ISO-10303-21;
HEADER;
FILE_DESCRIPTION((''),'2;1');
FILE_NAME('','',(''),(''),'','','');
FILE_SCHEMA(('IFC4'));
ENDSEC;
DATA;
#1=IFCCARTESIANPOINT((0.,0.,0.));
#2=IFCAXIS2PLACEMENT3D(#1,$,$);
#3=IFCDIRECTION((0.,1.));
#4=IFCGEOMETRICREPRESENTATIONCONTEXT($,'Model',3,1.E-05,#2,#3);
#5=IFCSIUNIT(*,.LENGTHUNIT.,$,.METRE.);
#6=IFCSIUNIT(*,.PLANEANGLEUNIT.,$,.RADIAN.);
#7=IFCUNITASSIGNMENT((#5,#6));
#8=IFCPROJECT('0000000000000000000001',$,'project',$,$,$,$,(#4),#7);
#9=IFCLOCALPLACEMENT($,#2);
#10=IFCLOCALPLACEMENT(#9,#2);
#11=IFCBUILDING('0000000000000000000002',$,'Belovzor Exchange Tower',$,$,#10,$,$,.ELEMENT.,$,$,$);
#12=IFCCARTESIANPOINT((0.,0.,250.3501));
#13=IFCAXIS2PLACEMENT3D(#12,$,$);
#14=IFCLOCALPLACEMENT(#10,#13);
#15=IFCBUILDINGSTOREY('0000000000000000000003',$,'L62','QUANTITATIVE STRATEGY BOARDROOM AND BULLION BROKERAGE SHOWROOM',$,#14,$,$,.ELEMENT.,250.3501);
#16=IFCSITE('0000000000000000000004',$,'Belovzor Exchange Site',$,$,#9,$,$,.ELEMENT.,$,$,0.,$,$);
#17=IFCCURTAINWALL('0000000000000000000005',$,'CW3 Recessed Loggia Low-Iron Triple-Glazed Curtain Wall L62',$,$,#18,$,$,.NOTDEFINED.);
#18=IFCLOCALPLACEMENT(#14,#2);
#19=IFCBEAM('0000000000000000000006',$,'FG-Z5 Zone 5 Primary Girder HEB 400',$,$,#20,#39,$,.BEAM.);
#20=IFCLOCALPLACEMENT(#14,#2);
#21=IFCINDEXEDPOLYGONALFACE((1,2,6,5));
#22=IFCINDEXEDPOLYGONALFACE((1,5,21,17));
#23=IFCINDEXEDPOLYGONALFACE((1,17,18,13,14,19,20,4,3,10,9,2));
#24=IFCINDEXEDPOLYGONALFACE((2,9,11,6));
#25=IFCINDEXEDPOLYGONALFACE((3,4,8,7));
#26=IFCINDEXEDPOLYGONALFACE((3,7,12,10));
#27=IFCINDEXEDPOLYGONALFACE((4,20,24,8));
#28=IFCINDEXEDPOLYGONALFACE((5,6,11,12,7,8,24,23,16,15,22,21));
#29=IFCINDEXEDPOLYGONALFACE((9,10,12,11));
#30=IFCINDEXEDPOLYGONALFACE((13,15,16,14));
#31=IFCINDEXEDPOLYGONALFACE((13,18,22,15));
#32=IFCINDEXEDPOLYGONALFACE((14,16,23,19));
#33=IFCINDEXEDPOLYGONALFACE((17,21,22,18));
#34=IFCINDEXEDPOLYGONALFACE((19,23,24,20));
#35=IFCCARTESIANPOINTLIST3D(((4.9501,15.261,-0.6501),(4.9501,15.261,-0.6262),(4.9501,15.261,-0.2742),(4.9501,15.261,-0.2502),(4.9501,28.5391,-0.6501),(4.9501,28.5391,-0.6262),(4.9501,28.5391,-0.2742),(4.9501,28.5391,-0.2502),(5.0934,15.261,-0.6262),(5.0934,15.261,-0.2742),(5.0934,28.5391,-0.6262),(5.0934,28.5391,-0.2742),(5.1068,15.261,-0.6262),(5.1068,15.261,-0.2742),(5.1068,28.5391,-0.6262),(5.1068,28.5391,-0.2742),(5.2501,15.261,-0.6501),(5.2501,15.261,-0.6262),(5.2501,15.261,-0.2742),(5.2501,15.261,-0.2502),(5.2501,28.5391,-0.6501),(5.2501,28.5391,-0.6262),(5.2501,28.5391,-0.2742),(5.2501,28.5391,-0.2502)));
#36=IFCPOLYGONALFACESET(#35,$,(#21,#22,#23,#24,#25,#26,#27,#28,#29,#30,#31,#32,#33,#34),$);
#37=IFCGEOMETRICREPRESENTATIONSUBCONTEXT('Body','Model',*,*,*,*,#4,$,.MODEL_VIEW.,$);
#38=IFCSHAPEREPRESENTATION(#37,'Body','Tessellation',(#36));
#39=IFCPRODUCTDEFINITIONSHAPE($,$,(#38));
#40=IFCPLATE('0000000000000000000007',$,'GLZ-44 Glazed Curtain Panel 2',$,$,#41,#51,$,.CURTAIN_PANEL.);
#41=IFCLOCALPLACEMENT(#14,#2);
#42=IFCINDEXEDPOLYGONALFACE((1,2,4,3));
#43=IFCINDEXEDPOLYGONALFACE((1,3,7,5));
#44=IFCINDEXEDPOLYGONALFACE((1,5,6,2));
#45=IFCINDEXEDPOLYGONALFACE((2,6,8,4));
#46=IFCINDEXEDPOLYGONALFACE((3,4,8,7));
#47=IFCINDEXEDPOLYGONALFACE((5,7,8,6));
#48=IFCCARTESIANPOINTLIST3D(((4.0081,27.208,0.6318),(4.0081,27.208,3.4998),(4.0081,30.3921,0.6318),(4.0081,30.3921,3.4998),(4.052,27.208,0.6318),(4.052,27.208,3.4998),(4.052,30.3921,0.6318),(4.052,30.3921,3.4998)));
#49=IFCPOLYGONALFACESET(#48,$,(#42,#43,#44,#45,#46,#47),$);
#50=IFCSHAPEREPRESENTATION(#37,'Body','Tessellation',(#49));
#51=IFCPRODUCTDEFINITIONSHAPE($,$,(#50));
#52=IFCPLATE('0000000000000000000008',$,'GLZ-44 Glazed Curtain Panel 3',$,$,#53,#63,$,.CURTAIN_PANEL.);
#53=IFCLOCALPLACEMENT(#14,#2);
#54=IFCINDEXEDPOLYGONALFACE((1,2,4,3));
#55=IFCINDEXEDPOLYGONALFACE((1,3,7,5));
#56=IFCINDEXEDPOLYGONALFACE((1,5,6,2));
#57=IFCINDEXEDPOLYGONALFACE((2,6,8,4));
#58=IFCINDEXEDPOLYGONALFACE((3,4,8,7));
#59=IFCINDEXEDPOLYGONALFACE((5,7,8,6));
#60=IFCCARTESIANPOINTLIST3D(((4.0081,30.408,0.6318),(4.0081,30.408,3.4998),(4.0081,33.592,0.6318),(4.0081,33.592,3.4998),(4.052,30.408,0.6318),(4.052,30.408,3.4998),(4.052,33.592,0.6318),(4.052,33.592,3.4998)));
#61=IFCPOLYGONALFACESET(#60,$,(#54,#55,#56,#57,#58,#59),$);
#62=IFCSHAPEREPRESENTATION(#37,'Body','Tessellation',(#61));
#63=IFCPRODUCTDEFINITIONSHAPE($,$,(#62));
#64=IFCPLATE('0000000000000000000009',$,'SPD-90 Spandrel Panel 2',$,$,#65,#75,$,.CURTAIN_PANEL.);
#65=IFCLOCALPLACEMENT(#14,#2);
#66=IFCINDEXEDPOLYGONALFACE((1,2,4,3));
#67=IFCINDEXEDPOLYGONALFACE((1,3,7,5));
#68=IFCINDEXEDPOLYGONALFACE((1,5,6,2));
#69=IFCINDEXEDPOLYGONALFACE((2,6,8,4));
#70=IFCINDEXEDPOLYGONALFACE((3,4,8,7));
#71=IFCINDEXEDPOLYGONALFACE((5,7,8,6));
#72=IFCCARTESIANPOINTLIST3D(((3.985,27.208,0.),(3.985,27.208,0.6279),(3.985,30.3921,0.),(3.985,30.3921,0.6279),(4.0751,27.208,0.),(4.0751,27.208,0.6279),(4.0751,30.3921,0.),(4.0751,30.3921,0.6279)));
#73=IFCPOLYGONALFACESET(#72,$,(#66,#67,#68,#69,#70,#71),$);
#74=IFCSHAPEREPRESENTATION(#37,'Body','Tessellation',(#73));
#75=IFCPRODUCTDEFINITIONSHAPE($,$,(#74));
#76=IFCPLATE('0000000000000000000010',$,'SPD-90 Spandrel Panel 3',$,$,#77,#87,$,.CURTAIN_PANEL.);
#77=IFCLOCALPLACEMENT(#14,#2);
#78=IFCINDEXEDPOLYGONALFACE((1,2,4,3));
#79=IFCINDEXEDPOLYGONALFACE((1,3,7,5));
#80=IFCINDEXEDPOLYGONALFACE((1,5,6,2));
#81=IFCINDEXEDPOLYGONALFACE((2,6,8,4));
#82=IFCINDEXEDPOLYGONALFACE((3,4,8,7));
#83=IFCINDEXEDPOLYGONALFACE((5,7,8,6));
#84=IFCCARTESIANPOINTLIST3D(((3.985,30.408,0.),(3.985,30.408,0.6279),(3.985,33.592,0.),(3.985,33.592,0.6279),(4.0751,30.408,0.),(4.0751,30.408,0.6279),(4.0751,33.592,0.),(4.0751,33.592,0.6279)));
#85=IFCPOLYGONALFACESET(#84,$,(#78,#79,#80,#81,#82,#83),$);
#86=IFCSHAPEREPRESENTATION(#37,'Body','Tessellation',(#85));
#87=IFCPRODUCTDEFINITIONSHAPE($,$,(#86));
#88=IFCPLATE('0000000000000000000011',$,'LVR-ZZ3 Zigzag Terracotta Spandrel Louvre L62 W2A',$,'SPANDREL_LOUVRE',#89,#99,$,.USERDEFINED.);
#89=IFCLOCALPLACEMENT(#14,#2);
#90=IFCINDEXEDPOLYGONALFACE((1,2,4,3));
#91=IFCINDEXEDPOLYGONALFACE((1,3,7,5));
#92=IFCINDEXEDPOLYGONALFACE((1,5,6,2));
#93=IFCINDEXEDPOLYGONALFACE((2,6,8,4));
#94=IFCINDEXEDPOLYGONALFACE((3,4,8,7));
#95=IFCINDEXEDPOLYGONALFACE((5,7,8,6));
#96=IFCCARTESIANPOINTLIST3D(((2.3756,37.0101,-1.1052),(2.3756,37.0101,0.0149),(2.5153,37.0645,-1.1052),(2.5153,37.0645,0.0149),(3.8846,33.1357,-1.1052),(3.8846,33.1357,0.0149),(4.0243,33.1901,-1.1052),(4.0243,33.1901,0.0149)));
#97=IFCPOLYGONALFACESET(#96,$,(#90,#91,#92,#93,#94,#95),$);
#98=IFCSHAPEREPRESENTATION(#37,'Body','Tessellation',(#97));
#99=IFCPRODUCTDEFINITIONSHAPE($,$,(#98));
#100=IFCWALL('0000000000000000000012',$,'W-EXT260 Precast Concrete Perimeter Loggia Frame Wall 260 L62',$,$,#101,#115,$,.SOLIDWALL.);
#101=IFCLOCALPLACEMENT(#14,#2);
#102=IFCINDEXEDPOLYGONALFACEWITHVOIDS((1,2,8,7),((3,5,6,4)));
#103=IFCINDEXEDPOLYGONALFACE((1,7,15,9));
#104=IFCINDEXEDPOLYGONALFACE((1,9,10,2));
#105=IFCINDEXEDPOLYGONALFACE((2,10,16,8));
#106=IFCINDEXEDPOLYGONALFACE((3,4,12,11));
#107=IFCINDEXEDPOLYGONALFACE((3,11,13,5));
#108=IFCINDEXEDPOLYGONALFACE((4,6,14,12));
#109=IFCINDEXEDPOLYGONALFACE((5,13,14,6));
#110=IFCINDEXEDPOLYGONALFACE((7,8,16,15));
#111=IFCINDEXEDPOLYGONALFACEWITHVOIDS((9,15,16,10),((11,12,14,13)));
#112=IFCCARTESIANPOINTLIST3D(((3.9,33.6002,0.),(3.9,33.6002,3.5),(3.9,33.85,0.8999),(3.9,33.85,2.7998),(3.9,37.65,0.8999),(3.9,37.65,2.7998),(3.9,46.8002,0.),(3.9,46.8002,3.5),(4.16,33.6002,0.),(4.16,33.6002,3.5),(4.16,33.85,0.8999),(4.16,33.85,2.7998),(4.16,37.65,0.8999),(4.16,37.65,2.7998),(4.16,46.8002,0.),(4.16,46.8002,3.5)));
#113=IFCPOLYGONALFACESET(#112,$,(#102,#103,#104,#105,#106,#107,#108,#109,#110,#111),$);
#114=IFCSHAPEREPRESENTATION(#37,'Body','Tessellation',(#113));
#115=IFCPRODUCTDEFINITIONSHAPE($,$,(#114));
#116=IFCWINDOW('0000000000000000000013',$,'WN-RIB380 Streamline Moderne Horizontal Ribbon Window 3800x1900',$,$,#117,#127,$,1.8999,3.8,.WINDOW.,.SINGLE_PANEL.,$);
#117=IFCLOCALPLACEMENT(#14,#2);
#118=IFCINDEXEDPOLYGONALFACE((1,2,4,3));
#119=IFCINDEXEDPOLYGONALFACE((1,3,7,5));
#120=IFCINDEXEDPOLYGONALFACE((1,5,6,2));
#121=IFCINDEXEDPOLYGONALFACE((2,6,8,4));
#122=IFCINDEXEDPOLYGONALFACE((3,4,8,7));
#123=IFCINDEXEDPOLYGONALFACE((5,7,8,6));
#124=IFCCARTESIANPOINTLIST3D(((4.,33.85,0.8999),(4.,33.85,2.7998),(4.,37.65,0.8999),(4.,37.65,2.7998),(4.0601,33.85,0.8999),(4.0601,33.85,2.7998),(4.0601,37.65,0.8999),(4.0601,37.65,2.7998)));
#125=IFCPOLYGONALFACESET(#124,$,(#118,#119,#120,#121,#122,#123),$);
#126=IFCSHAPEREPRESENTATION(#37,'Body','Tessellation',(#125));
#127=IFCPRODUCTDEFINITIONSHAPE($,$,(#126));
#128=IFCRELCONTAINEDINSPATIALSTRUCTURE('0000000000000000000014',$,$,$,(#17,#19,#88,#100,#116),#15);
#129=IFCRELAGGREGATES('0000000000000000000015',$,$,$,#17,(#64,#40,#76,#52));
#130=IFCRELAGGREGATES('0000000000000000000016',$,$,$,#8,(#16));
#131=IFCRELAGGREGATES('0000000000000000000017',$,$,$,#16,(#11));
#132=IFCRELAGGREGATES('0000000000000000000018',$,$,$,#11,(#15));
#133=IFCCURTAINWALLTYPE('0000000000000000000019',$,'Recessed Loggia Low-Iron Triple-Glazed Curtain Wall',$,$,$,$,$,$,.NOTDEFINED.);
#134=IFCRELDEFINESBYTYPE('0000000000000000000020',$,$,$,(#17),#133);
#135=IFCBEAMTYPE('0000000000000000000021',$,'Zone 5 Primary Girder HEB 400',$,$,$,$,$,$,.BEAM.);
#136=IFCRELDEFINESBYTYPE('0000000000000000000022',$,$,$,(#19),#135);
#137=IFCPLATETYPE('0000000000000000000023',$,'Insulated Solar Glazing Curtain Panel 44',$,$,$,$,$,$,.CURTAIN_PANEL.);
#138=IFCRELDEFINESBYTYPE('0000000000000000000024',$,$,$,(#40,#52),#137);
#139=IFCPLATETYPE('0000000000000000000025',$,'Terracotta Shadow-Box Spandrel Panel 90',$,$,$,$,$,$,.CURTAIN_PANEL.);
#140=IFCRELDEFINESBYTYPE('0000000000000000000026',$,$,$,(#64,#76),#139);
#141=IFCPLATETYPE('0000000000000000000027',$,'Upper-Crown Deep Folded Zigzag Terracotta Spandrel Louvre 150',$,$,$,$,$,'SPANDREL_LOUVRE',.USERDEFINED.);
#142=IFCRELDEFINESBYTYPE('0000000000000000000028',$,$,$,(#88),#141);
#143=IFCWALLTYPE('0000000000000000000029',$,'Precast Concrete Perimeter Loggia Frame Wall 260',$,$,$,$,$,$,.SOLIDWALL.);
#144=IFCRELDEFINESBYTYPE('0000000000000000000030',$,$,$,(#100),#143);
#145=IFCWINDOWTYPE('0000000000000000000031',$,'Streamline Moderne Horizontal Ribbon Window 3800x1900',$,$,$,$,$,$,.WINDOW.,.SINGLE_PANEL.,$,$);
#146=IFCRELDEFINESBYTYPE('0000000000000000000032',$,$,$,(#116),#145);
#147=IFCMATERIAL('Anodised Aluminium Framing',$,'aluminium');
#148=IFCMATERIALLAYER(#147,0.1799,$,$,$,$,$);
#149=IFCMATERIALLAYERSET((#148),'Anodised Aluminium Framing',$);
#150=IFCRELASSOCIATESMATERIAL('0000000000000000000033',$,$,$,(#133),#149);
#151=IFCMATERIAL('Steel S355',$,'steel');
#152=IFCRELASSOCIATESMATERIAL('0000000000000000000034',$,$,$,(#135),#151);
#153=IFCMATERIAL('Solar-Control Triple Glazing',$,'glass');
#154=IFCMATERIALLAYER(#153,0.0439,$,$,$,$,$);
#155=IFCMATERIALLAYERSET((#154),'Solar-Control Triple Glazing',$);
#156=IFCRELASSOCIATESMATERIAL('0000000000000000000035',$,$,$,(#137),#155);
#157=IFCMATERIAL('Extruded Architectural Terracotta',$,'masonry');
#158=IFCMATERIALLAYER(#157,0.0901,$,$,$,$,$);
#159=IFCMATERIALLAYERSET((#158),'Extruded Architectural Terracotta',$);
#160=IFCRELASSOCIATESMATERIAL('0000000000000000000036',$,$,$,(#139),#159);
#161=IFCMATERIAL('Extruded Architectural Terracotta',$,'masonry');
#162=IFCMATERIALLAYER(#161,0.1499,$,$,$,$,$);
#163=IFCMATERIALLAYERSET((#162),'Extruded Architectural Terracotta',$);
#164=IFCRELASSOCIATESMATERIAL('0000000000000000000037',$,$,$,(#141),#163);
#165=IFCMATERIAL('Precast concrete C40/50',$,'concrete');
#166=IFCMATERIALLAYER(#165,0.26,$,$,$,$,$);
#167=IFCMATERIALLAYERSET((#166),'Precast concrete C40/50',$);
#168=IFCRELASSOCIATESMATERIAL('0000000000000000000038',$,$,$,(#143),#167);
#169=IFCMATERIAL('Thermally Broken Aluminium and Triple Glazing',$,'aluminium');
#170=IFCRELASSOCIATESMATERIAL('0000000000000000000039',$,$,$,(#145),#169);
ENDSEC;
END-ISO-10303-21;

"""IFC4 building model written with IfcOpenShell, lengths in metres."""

from ifc_helpers import new_model, si_unit, direction, frame, frame_2d, origin, origin_2d, place, context, subcontext, project, spatial, rectangle, i_section, extrude, material, layer, layer_set, material_profile, profile_set, type_object, element, fill, aggregate, save


model = new_model("IFC4")

# Units and contexts
model_context = context("Model", 3, precision=1e-05, world=origin(), true_north=direction((0.0, 1.0)))
body_context = subcontext(model_context, "Body", "Model", "MODEL_VIEW")
ifc_project = project(units=[si_unit("LENGTHUNIT", "METRE"), si_unit("PLANEANGLEUNIT", "RADIAN")], contexts=[model_context])

# Site, building, storey
site_placement = place(None, origin())
site = spatial("IfcSite", under=ifc_project, at=site_placement, Name="Belovzor Exchange Site", CompositionType="ELEMENT", RefElevation=0.0)
building_placement = place(site_placement, origin())
building = spatial("IfcBuilding", under=site, at=building_placement, Name="Belovzor Exchange Tower", CompositionType="ELEMENT")
storey_placement = place(building_placement, frame((0.0, 0.0, 250.3501)))
storey = spatial("IfcBuildingStorey", under=building, at=storey_placement, Name="L62", Description="QUANTITATIVE STRATEGY BOARDROOM AND BULLION BROKERAGE SHOWROOM", CompositionType="ELEMENT", Elevation=250.3501)

# Curtain wall
ifc_material_1 = material(Name="Anodised Aluminium Framing", Category="aluminium")
ifc_layer_1 = layer(ifc_material_1, 0.1799)
ifc_layer_set_1 = layer_set([ifc_layer_1], Name="Anodised Aluminium Framing")
curtain_wall_type = type_object("IfcCurtainWallType", Name="Recessed Loggia Low-Iron Triple-Glazed Curtain Wall", PredefinedType="NOTDEFINED", material=ifc_layer_set_1)
curtain_wall_placement = place(storey_placement, origin())
curtain_wall = element("IfcCurtainWall", 1, at=curtain_wall_placement, inside=storey, type_object=curtain_wall_type, Name="CW3 Recessed Loggia Low-Iron Triple-Glazed Curtain Wall L62", PredefinedType="NOTDEFINED")

# Beam
ifc_material_2 = material(Name="Steel S355", Category="steel")
ifc_material_profile_1 = material_profile(ifc_material_2, i_section(OverallWidth=0.3, OverallDepth=0.3999, WebThickness=0.0134, FlangeThickness=0.0239, at=origin_2d()))
ifc_profile_set_1 = profile_set([ifc_material_profile_1], Name="Steel S355")
beam_type_1 = type_object("IfcBeamType", Name="Zone 5 Primary Girder HEB 400", PredefinedType="BEAM", material=ifc_profile_set_1)
beam_1_placement = place(storey_placement, frame((5.1001, 28.5391, -0.4502), z_axis=(0.0, -1.0, 0.0), x_axis=(1.0, 0.0, 0.0)))
element("IfcBeam", 2, at=beam_1_placement, inside=storey, type_object=beam_type_1, Name="FG-Z5 Zone 5 Primary Girder HEB 400", PredefinedType="BEAM", context=body_context, shape_type="SweptSolid", body=[
    extrude(i_section(OverallWidth=0.3, OverallDepth=0.3999, WebThickness=0.0134, FlangeThickness=0.0239, at=origin_2d()), origin(), (0.0, 0.0, 1.0), 13.2781),
])

# Plates
ifc_material_3 = material(Name="Solar-Control Triple Glazing", Category="glass")
ifc_layer_2 = layer(ifc_material_3, 0.0439)
ifc_layer_set_2 = layer_set([ifc_layer_2], Name="Solar-Control Triple Glazing")
plate_type_1 = type_object("IfcPlateType", Name="Insulated Solar Glazing Curtain Panel 44", PredefinedType="CURTAIN_PANEL", material=ifc_layer_set_2)
plate_1_placement = place(storey_placement, frame((4.03, 28.8, 0.6318), z_axis=(0.0, 0.0, 1.0), x_axis=(0.0, 1.0, 0.0)))
plate_1 = element("IfcPlate", 3, at=plate_1_placement, type_object=plate_type_1, Name="GLZ-44 Glazed Curtain Panel 2", PredefinedType="CURTAIN_PANEL", context=body_context, shape_type="SweptSolid", body=[
    extrude(rectangle(XDim=3.1841, YDim=0.0439, at=origin_2d()), origin(), (0.0, 0.0, 1.0), 2.8679),
])
plate_2_placement = place(storey_placement, frame((4.03, 32.0, 0.6318), z_axis=(0.0, 0.0, 1.0), x_axis=(0.0, 1.0, 0.0)))
plate_2 = element("IfcPlate", 4, at=plate_2_placement, type_object=plate_type_1, Name="GLZ-44 Glazed Curtain Panel 3", PredefinedType="CURTAIN_PANEL", context=body_context, shape_type="SweptSolid", body=[
    extrude(rectangle(XDim=3.1841, YDim=0.0439, at=origin_2d()), origin(), (0.0, 0.0, 1.0), 2.8679),
])
ifc_material_4 = material(Name="Extruded Architectural Terracotta", Category="masonry")
ifc_layer_3 = layer(ifc_material_4, 0.0901)
ifc_layer_set_3 = layer_set([ifc_layer_3], Name="Extruded Architectural Terracotta")
plate_type_2 = type_object("IfcPlateType", Name="Terracotta Shadow-Box Spandrel Panel 90", PredefinedType="CURTAIN_PANEL", material=ifc_layer_set_3)
plate_3_placement = place(storey_placement, frame((4.03, 28.8, 0.0), z_axis=(0.0, 0.0, 1.0), x_axis=(0.0, 1.0, 0.0)))
plate_3 = element("IfcPlate", 5, at=plate_3_placement, type_object=plate_type_2, Name="SPD-90 Spandrel Panel 2", PredefinedType="CURTAIN_PANEL", context=body_context, shape_type="SweptSolid", body=[
    extrude(rectangle(XDim=3.1841, YDim=0.0901, at=origin_2d()), origin(), (0.0, 0.0, 1.0), 0.6279),
])
plate_4_placement = place(storey_placement, frame((4.03, 32.0, 0.0), z_axis=(0.0, 0.0, 1.0), x_axis=(0.0, 1.0, 0.0)))
plate_4 = element("IfcPlate", 6, at=plate_4_placement, type_object=plate_type_2, Name="SPD-90 Spandrel Panel 3", PredefinedType="CURTAIN_PANEL", context=body_context, shape_type="SweptSolid", body=[
    extrude(rectangle(XDim=3.1841, YDim=0.0901, at=origin_2d()), origin(), (0.0, 0.0, 1.0), 0.6279),
])
aggregate(curtain_wall, [plate_3, plate_1, plate_4, plate_2])
ifc_material_5 = material(Name="Extruded Architectural Terracotta", Category="masonry")
ifc_layer_4 = layer(ifc_material_5, 0.1499)
ifc_layer_set_4 = layer_set([ifc_layer_4], Name="Extruded Architectural Terracotta")
plate_type_3 = type_object("IfcPlateType", Name="Upper-Crown Deep Folded Zigzag Terracotta Spandrel Louvre 150", ElementType="SPANDREL_LOUVRE", PredefinedType="USERDEFINED", material=ifc_layer_set_4)
plate_5_placement = place(storey_placement, frame((3.2, 35.1001, -1.1052), z_axis=(0.0, 0.0, 1.0), x_axis=(-0.362926, 0.931818, 0.0)))
element("IfcPlate", 7, at=plate_5_placement, inside=storey, type_object=plate_type_3, Name="LVR-ZZ3 Zigzag Terracotta Spandrel Louvre L62 W2A", ObjectType="SPANDREL_LOUVRE", PredefinedType="USERDEFINED", context=body_context, shape_type="SweptSolid", body=[
    extrude(rectangle(XDim=4.158, YDim=0.1499, at=origin_2d()), origin(), (0.0, 0.0, 1.0), 1.1201),
])

# Wall, opening, window
ifc_material_6 = material(Name="Precast concrete C40/50", Category="concrete")
ifc_layer_5 = layer(ifc_material_6, 0.26)
ifc_layer_set_5 = layer_set([ifc_layer_5], Name="Precast concrete C40/50")
wall_type = type_object("IfcWallType", Name="Precast Concrete Perimeter Loggia Frame Wall 260", PredefinedType="SOLIDWALL", material=ifc_layer_set_5)
wall_placement = place(storey_placement, frame((4.03, 33.6001, 0.0), z_axis=(0.0, 0.0, 1.0), x_axis=(0.0, 1.0, 0.0)))
wall = element("IfcWall", 8, at=wall_placement, inside=storey, type_object=wall_type, Name="W-EXT260 Precast Concrete Perimeter Loggia Frame Wall 260 L62", PredefinedType="SOLIDWALL", context=body_context, shape_type="SweptSolid", body=[
    extrude(rectangle(XDim=13.2, YDim=0.26, at=frame_2d((6.6001, 0.0))), origin(), (0.0, 0.0, 1.0), 3.5),
])
opening_placement = place(wall_placement, frame((0.25, 0.0, 0.8999)))
opening = element("IfcOpeningElement", 9, at=opening_placement, cuts=wall, PredefinedType="OPENING", context=body_context, shape_type="SweptSolid", body=[
    extrude(rectangle(XDim=3.8, YDim=1.8999, at=frame_2d((1.8999, 0.95))), frame((0.0, 0.1399, 0.0), z_axis=(0.0, -1.0, 0.0), x_axis=(1.0, 0.0, 0.0)), (0.0, 0.0, 1.0), 0.28),
])
ifc_material_7 = material(Name="Thermally Broken Aluminium and Triple Glazing", Category="aluminium")
window_type = type_object("IfcWindowType", Name="Streamline Moderne Horizontal Ribbon Window 3800x1900", PartitioningType="SINGLE_PANEL", PredefinedType="WINDOW", material=ifc_material_7)
window_placement = place(opening_placement, origin())
window = element("IfcWindow", 10, at=window_placement, inside=storey, type_object=window_type, Name="WN-RIB380 Streamline Moderne Horizontal Ribbon Window 3800x1900", OverallHeight=1.8999, OverallWidth=3.8, PartitioningType="SINGLE_PANEL", PredefinedType="WINDOW", context=body_context, shape_type="SweptSolid", body=[
    extrude(rectangle(XDim=3.8, YDim=1.8999, at=frame_2d((1.8999, 0.95))), frame((0.0, 0.03, 0.0), z_axis=(0.0, -1.0, 0.0), x_axis=(1.0, 0.0, 0.0)), (0.0, 0.0, 1.0), 0.0601),
])
fill(opening, window)

save(model, "model.ifc")
